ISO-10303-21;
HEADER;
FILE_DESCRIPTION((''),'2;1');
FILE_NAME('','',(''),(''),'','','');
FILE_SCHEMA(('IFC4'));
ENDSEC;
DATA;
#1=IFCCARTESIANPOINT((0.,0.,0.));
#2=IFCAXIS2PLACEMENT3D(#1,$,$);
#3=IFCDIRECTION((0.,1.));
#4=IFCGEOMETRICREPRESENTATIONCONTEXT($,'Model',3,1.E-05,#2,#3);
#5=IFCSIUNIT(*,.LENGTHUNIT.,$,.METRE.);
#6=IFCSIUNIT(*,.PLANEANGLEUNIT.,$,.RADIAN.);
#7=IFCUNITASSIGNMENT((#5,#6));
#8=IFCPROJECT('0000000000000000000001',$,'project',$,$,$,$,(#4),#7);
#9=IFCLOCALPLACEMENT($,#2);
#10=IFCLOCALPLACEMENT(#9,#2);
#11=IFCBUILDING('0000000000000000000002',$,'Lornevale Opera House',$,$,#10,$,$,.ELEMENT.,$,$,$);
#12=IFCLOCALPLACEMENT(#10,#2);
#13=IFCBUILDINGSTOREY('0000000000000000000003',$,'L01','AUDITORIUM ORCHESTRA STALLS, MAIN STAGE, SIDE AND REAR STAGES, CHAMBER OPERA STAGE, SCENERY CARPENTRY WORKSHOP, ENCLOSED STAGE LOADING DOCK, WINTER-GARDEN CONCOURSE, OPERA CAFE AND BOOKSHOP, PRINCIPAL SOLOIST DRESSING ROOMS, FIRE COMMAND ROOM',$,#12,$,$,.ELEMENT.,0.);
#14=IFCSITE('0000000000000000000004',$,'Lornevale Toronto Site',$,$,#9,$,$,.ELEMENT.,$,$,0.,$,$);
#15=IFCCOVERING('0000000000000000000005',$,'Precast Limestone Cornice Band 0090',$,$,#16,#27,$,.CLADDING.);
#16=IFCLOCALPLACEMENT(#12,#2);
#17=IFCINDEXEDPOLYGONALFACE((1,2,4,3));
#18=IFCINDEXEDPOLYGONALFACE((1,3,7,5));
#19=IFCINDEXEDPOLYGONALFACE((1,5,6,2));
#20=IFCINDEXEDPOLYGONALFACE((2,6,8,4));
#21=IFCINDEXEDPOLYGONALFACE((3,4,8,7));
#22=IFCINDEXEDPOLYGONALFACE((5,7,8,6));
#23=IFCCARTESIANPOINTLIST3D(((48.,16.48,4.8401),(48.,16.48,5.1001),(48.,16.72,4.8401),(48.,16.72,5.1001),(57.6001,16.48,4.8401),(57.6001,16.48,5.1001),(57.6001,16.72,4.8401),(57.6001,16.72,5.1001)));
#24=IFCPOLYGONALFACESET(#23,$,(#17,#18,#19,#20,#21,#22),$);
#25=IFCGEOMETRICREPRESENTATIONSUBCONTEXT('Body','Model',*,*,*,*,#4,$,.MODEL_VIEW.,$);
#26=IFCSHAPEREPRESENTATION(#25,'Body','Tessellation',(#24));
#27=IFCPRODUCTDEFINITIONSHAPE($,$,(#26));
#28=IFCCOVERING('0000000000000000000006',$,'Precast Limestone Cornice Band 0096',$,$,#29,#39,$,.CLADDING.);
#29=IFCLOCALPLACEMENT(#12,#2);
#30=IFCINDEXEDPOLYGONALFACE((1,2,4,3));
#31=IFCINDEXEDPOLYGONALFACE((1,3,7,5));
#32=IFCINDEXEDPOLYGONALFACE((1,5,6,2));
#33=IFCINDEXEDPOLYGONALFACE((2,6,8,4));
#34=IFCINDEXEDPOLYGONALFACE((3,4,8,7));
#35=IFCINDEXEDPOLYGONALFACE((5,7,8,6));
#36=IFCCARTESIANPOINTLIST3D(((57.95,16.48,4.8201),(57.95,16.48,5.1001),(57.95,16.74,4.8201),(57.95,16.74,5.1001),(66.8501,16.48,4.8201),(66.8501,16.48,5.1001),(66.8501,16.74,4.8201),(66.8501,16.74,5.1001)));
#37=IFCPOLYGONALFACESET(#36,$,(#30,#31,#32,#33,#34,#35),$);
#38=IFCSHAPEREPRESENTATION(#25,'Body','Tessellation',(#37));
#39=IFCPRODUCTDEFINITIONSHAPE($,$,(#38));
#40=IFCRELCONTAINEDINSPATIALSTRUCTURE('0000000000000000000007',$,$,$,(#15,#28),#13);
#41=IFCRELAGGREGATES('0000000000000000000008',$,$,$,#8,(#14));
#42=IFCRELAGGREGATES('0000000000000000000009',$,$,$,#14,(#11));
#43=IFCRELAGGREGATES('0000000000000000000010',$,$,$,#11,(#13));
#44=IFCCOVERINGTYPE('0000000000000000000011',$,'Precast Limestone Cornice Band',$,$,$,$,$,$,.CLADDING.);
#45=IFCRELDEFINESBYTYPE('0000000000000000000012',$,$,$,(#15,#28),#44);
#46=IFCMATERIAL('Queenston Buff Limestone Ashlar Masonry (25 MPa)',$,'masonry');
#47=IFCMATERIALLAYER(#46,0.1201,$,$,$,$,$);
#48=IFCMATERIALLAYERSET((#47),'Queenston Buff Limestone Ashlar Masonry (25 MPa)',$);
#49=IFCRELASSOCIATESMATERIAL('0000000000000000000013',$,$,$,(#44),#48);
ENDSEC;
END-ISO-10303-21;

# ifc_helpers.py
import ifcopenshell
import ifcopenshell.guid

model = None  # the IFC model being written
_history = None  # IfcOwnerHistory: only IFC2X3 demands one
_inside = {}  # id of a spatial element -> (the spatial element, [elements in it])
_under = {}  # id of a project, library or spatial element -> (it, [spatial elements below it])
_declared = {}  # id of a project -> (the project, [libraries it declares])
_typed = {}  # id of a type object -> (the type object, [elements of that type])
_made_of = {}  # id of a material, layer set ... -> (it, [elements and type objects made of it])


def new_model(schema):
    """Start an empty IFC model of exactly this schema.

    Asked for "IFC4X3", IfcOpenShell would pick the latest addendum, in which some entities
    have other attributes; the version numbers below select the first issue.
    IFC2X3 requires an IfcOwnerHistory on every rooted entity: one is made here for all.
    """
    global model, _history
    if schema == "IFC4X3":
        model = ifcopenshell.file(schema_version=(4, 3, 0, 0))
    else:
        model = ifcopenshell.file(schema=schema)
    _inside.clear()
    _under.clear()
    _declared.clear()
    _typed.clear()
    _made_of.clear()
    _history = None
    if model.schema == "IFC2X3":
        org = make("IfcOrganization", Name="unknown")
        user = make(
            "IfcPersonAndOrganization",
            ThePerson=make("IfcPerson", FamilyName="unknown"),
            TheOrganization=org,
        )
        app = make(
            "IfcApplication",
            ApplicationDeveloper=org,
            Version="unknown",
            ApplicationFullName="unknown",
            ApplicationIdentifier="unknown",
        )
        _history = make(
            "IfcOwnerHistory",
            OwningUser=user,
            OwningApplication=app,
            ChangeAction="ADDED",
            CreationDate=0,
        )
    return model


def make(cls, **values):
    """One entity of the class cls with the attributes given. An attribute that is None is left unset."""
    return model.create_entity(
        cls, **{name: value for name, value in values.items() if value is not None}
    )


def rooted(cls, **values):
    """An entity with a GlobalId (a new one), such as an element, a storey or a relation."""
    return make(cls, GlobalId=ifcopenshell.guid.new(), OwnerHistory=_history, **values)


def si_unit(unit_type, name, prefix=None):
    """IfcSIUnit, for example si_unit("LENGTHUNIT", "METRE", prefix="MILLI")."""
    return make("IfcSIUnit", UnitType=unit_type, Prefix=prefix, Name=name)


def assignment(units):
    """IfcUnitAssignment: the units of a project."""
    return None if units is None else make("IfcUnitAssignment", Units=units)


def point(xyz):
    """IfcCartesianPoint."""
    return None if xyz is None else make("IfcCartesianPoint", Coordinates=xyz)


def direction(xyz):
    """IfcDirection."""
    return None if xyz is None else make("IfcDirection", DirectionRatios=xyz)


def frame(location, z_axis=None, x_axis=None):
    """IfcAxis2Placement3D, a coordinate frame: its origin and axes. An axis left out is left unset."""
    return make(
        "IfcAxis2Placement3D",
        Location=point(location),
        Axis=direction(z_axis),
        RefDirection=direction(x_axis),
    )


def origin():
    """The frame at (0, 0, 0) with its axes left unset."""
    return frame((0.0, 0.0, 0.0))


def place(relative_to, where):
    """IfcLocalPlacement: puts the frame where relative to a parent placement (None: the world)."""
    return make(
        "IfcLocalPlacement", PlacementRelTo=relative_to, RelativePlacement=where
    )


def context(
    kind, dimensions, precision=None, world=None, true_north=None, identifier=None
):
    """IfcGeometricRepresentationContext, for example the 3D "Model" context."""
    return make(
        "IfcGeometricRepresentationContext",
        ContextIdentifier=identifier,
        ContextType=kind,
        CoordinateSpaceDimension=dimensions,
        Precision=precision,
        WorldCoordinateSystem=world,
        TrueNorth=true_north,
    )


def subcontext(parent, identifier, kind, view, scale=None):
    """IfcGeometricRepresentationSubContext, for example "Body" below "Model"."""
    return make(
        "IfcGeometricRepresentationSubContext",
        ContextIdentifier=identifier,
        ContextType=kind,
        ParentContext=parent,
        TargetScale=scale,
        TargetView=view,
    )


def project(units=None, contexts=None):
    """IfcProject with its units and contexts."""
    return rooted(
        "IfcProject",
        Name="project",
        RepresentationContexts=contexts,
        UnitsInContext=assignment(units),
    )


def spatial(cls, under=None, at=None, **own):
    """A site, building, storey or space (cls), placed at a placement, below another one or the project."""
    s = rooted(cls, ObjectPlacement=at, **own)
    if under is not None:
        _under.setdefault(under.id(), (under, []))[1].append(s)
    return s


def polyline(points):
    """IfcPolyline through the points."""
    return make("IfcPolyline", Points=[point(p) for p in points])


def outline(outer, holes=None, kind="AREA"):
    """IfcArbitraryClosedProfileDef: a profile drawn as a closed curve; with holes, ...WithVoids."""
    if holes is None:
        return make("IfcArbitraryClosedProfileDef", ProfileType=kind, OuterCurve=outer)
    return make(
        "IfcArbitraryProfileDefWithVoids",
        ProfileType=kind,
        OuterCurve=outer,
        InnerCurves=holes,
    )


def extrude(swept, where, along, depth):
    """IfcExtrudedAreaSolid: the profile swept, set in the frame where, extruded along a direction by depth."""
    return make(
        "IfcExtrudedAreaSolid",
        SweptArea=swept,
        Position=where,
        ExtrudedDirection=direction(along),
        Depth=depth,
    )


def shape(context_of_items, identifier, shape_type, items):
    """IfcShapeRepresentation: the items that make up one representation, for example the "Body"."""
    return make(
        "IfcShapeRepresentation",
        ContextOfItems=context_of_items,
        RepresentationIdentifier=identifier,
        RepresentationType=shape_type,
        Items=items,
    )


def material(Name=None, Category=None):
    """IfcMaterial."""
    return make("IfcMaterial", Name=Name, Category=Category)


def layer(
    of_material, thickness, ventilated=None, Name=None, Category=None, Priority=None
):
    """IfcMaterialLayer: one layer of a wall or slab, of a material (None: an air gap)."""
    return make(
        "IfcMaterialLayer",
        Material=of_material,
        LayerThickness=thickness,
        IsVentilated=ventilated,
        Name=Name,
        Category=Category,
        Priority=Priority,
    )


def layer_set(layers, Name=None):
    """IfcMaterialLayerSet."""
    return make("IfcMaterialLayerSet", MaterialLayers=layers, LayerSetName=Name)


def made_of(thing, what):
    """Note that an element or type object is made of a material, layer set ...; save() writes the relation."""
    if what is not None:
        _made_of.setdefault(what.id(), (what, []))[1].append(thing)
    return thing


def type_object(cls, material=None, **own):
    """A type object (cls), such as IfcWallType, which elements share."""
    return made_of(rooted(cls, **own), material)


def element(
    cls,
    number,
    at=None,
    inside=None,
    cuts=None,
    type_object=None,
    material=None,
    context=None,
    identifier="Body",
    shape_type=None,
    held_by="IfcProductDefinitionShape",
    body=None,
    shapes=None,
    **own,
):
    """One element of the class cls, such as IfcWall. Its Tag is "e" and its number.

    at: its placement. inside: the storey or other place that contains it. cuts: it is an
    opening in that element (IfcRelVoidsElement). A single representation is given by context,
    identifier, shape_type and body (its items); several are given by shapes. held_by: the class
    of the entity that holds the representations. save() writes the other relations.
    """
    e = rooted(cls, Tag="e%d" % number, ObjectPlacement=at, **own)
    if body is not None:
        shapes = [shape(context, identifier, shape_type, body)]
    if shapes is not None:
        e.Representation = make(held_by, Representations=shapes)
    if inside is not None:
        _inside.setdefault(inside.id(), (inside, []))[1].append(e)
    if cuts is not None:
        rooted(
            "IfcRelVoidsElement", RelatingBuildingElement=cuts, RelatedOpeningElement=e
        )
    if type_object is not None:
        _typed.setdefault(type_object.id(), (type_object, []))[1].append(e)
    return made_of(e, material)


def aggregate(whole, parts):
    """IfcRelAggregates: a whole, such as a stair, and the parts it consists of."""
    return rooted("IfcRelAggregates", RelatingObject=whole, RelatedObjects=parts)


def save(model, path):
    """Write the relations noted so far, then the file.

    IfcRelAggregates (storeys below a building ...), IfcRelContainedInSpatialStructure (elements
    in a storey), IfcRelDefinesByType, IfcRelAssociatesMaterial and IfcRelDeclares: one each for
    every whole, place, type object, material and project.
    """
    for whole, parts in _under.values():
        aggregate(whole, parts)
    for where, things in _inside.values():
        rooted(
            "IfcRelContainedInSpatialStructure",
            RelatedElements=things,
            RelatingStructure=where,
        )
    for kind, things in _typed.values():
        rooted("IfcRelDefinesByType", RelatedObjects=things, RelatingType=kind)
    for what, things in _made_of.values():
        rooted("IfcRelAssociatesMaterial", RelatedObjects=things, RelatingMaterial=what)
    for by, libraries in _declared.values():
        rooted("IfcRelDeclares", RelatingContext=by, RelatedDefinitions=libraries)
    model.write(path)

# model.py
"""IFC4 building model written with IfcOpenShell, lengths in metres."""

from ifc_helpers import new_model, si_unit, direction, frame, origin, place, context, subcontext, project, spatial, polyline, outline, extrude, material, layer, layer_set, type_object, element, save


model = new_model("IFC4")

# Units and contexts
model_context = context("Model", 3, precision=1e-05, world=origin(), true_north=direction((0.0, 1.0)))
body_context = subcontext(model_context, "Body", "Model", "MODEL_VIEW")
ifc_project = project(units=[si_unit("LENGTHUNIT", "METRE"), si_unit("PLANEANGLEUNIT", "RADIAN")], contexts=[model_context])

# Site, building, storey
site_placement = place(None, origin())
site = spatial("IfcSite", under=ifc_project, at=site_placement, Name="Lornevale Toronto Site", CompositionType="ELEMENT", RefElevation=0.0)
building_placement = place(site_placement, origin())
building = spatial("IfcBuilding", under=site, at=building_placement, Name="Lornevale Opera House", CompositionType="ELEMENT")
storey_placement = place(building_placement, origin())
storey = spatial("IfcBuildingStorey", under=building, at=storey_placement, Name="L01", Description="AUDITORIUM ORCHESTRA STALLS, MAIN STAGE, SIDE AND REAR STAGES, CHAMBER OPERA STAGE, SCENERY CARPENTRY WORKSHOP, ENCLOSED STAGE LOADING DOCK, WINTER-GARDEN CONCOURSE, OPERA CAFE AND BOOKSHOP, PRINCIPAL SOLOIST DRESSING ROOMS, FIRE COMMAND ROOM", CompositionType="ELEMENT", Elevation=0.0)

# Coverings
ifc_material = material(Name="Queenston Buff Limestone Ashlar Masonry (25 MPa)", Category="masonry")
ifc_layer = layer(ifc_material, 0.1201)
ifc_layer_set = layer_set([ifc_layer], Name="Queenston Buff Limestone Ashlar Masonry (25 MPa)")
covering_type = type_object("IfcCoveringType", Name="Precast Limestone Cornice Band", PredefinedType="CLADDING", material=ifc_layer_set)
covering_1_placement = place(storey_placement, frame((0.0, 0.0, 4.8401)))
element("IfcCovering", 1, at=covering_1_placement, inside=storey, type_object=covering_type, Name="Precast Limestone Cornice Band 0090", PredefinedType="CLADDING", context=body_context, shape_type="SweptSolid", body=[
    extrude(outline(polyline([(57.6001, 16.72), (48.0, 16.72), (48.0, 16.48), (57.6001, 16.48), (57.6001, 16.72)])), origin(), (0.0, 0.0, 1.0), 0.26),
])
covering_2_placement = place(storey_placement, frame((0.0, 0.0, 4.8201)))
element("IfcCovering", 2, at=covering_2_placement, inside=storey, type_object=covering_type, Name="Precast Limestone Cornice Band 0096", PredefinedType="CLADDING", context=body_context, shape_type="SweptSolid", body=[
    extrude(outline(polyline([(66.8501, 16.74), (57.95, 16.74), (57.95, 16.48), (66.8501, 16.48), (66.8501, 16.74)])), origin(), (0.0, 0.0, 1.0), 0.28),
])

save(model, "model.ifc")
